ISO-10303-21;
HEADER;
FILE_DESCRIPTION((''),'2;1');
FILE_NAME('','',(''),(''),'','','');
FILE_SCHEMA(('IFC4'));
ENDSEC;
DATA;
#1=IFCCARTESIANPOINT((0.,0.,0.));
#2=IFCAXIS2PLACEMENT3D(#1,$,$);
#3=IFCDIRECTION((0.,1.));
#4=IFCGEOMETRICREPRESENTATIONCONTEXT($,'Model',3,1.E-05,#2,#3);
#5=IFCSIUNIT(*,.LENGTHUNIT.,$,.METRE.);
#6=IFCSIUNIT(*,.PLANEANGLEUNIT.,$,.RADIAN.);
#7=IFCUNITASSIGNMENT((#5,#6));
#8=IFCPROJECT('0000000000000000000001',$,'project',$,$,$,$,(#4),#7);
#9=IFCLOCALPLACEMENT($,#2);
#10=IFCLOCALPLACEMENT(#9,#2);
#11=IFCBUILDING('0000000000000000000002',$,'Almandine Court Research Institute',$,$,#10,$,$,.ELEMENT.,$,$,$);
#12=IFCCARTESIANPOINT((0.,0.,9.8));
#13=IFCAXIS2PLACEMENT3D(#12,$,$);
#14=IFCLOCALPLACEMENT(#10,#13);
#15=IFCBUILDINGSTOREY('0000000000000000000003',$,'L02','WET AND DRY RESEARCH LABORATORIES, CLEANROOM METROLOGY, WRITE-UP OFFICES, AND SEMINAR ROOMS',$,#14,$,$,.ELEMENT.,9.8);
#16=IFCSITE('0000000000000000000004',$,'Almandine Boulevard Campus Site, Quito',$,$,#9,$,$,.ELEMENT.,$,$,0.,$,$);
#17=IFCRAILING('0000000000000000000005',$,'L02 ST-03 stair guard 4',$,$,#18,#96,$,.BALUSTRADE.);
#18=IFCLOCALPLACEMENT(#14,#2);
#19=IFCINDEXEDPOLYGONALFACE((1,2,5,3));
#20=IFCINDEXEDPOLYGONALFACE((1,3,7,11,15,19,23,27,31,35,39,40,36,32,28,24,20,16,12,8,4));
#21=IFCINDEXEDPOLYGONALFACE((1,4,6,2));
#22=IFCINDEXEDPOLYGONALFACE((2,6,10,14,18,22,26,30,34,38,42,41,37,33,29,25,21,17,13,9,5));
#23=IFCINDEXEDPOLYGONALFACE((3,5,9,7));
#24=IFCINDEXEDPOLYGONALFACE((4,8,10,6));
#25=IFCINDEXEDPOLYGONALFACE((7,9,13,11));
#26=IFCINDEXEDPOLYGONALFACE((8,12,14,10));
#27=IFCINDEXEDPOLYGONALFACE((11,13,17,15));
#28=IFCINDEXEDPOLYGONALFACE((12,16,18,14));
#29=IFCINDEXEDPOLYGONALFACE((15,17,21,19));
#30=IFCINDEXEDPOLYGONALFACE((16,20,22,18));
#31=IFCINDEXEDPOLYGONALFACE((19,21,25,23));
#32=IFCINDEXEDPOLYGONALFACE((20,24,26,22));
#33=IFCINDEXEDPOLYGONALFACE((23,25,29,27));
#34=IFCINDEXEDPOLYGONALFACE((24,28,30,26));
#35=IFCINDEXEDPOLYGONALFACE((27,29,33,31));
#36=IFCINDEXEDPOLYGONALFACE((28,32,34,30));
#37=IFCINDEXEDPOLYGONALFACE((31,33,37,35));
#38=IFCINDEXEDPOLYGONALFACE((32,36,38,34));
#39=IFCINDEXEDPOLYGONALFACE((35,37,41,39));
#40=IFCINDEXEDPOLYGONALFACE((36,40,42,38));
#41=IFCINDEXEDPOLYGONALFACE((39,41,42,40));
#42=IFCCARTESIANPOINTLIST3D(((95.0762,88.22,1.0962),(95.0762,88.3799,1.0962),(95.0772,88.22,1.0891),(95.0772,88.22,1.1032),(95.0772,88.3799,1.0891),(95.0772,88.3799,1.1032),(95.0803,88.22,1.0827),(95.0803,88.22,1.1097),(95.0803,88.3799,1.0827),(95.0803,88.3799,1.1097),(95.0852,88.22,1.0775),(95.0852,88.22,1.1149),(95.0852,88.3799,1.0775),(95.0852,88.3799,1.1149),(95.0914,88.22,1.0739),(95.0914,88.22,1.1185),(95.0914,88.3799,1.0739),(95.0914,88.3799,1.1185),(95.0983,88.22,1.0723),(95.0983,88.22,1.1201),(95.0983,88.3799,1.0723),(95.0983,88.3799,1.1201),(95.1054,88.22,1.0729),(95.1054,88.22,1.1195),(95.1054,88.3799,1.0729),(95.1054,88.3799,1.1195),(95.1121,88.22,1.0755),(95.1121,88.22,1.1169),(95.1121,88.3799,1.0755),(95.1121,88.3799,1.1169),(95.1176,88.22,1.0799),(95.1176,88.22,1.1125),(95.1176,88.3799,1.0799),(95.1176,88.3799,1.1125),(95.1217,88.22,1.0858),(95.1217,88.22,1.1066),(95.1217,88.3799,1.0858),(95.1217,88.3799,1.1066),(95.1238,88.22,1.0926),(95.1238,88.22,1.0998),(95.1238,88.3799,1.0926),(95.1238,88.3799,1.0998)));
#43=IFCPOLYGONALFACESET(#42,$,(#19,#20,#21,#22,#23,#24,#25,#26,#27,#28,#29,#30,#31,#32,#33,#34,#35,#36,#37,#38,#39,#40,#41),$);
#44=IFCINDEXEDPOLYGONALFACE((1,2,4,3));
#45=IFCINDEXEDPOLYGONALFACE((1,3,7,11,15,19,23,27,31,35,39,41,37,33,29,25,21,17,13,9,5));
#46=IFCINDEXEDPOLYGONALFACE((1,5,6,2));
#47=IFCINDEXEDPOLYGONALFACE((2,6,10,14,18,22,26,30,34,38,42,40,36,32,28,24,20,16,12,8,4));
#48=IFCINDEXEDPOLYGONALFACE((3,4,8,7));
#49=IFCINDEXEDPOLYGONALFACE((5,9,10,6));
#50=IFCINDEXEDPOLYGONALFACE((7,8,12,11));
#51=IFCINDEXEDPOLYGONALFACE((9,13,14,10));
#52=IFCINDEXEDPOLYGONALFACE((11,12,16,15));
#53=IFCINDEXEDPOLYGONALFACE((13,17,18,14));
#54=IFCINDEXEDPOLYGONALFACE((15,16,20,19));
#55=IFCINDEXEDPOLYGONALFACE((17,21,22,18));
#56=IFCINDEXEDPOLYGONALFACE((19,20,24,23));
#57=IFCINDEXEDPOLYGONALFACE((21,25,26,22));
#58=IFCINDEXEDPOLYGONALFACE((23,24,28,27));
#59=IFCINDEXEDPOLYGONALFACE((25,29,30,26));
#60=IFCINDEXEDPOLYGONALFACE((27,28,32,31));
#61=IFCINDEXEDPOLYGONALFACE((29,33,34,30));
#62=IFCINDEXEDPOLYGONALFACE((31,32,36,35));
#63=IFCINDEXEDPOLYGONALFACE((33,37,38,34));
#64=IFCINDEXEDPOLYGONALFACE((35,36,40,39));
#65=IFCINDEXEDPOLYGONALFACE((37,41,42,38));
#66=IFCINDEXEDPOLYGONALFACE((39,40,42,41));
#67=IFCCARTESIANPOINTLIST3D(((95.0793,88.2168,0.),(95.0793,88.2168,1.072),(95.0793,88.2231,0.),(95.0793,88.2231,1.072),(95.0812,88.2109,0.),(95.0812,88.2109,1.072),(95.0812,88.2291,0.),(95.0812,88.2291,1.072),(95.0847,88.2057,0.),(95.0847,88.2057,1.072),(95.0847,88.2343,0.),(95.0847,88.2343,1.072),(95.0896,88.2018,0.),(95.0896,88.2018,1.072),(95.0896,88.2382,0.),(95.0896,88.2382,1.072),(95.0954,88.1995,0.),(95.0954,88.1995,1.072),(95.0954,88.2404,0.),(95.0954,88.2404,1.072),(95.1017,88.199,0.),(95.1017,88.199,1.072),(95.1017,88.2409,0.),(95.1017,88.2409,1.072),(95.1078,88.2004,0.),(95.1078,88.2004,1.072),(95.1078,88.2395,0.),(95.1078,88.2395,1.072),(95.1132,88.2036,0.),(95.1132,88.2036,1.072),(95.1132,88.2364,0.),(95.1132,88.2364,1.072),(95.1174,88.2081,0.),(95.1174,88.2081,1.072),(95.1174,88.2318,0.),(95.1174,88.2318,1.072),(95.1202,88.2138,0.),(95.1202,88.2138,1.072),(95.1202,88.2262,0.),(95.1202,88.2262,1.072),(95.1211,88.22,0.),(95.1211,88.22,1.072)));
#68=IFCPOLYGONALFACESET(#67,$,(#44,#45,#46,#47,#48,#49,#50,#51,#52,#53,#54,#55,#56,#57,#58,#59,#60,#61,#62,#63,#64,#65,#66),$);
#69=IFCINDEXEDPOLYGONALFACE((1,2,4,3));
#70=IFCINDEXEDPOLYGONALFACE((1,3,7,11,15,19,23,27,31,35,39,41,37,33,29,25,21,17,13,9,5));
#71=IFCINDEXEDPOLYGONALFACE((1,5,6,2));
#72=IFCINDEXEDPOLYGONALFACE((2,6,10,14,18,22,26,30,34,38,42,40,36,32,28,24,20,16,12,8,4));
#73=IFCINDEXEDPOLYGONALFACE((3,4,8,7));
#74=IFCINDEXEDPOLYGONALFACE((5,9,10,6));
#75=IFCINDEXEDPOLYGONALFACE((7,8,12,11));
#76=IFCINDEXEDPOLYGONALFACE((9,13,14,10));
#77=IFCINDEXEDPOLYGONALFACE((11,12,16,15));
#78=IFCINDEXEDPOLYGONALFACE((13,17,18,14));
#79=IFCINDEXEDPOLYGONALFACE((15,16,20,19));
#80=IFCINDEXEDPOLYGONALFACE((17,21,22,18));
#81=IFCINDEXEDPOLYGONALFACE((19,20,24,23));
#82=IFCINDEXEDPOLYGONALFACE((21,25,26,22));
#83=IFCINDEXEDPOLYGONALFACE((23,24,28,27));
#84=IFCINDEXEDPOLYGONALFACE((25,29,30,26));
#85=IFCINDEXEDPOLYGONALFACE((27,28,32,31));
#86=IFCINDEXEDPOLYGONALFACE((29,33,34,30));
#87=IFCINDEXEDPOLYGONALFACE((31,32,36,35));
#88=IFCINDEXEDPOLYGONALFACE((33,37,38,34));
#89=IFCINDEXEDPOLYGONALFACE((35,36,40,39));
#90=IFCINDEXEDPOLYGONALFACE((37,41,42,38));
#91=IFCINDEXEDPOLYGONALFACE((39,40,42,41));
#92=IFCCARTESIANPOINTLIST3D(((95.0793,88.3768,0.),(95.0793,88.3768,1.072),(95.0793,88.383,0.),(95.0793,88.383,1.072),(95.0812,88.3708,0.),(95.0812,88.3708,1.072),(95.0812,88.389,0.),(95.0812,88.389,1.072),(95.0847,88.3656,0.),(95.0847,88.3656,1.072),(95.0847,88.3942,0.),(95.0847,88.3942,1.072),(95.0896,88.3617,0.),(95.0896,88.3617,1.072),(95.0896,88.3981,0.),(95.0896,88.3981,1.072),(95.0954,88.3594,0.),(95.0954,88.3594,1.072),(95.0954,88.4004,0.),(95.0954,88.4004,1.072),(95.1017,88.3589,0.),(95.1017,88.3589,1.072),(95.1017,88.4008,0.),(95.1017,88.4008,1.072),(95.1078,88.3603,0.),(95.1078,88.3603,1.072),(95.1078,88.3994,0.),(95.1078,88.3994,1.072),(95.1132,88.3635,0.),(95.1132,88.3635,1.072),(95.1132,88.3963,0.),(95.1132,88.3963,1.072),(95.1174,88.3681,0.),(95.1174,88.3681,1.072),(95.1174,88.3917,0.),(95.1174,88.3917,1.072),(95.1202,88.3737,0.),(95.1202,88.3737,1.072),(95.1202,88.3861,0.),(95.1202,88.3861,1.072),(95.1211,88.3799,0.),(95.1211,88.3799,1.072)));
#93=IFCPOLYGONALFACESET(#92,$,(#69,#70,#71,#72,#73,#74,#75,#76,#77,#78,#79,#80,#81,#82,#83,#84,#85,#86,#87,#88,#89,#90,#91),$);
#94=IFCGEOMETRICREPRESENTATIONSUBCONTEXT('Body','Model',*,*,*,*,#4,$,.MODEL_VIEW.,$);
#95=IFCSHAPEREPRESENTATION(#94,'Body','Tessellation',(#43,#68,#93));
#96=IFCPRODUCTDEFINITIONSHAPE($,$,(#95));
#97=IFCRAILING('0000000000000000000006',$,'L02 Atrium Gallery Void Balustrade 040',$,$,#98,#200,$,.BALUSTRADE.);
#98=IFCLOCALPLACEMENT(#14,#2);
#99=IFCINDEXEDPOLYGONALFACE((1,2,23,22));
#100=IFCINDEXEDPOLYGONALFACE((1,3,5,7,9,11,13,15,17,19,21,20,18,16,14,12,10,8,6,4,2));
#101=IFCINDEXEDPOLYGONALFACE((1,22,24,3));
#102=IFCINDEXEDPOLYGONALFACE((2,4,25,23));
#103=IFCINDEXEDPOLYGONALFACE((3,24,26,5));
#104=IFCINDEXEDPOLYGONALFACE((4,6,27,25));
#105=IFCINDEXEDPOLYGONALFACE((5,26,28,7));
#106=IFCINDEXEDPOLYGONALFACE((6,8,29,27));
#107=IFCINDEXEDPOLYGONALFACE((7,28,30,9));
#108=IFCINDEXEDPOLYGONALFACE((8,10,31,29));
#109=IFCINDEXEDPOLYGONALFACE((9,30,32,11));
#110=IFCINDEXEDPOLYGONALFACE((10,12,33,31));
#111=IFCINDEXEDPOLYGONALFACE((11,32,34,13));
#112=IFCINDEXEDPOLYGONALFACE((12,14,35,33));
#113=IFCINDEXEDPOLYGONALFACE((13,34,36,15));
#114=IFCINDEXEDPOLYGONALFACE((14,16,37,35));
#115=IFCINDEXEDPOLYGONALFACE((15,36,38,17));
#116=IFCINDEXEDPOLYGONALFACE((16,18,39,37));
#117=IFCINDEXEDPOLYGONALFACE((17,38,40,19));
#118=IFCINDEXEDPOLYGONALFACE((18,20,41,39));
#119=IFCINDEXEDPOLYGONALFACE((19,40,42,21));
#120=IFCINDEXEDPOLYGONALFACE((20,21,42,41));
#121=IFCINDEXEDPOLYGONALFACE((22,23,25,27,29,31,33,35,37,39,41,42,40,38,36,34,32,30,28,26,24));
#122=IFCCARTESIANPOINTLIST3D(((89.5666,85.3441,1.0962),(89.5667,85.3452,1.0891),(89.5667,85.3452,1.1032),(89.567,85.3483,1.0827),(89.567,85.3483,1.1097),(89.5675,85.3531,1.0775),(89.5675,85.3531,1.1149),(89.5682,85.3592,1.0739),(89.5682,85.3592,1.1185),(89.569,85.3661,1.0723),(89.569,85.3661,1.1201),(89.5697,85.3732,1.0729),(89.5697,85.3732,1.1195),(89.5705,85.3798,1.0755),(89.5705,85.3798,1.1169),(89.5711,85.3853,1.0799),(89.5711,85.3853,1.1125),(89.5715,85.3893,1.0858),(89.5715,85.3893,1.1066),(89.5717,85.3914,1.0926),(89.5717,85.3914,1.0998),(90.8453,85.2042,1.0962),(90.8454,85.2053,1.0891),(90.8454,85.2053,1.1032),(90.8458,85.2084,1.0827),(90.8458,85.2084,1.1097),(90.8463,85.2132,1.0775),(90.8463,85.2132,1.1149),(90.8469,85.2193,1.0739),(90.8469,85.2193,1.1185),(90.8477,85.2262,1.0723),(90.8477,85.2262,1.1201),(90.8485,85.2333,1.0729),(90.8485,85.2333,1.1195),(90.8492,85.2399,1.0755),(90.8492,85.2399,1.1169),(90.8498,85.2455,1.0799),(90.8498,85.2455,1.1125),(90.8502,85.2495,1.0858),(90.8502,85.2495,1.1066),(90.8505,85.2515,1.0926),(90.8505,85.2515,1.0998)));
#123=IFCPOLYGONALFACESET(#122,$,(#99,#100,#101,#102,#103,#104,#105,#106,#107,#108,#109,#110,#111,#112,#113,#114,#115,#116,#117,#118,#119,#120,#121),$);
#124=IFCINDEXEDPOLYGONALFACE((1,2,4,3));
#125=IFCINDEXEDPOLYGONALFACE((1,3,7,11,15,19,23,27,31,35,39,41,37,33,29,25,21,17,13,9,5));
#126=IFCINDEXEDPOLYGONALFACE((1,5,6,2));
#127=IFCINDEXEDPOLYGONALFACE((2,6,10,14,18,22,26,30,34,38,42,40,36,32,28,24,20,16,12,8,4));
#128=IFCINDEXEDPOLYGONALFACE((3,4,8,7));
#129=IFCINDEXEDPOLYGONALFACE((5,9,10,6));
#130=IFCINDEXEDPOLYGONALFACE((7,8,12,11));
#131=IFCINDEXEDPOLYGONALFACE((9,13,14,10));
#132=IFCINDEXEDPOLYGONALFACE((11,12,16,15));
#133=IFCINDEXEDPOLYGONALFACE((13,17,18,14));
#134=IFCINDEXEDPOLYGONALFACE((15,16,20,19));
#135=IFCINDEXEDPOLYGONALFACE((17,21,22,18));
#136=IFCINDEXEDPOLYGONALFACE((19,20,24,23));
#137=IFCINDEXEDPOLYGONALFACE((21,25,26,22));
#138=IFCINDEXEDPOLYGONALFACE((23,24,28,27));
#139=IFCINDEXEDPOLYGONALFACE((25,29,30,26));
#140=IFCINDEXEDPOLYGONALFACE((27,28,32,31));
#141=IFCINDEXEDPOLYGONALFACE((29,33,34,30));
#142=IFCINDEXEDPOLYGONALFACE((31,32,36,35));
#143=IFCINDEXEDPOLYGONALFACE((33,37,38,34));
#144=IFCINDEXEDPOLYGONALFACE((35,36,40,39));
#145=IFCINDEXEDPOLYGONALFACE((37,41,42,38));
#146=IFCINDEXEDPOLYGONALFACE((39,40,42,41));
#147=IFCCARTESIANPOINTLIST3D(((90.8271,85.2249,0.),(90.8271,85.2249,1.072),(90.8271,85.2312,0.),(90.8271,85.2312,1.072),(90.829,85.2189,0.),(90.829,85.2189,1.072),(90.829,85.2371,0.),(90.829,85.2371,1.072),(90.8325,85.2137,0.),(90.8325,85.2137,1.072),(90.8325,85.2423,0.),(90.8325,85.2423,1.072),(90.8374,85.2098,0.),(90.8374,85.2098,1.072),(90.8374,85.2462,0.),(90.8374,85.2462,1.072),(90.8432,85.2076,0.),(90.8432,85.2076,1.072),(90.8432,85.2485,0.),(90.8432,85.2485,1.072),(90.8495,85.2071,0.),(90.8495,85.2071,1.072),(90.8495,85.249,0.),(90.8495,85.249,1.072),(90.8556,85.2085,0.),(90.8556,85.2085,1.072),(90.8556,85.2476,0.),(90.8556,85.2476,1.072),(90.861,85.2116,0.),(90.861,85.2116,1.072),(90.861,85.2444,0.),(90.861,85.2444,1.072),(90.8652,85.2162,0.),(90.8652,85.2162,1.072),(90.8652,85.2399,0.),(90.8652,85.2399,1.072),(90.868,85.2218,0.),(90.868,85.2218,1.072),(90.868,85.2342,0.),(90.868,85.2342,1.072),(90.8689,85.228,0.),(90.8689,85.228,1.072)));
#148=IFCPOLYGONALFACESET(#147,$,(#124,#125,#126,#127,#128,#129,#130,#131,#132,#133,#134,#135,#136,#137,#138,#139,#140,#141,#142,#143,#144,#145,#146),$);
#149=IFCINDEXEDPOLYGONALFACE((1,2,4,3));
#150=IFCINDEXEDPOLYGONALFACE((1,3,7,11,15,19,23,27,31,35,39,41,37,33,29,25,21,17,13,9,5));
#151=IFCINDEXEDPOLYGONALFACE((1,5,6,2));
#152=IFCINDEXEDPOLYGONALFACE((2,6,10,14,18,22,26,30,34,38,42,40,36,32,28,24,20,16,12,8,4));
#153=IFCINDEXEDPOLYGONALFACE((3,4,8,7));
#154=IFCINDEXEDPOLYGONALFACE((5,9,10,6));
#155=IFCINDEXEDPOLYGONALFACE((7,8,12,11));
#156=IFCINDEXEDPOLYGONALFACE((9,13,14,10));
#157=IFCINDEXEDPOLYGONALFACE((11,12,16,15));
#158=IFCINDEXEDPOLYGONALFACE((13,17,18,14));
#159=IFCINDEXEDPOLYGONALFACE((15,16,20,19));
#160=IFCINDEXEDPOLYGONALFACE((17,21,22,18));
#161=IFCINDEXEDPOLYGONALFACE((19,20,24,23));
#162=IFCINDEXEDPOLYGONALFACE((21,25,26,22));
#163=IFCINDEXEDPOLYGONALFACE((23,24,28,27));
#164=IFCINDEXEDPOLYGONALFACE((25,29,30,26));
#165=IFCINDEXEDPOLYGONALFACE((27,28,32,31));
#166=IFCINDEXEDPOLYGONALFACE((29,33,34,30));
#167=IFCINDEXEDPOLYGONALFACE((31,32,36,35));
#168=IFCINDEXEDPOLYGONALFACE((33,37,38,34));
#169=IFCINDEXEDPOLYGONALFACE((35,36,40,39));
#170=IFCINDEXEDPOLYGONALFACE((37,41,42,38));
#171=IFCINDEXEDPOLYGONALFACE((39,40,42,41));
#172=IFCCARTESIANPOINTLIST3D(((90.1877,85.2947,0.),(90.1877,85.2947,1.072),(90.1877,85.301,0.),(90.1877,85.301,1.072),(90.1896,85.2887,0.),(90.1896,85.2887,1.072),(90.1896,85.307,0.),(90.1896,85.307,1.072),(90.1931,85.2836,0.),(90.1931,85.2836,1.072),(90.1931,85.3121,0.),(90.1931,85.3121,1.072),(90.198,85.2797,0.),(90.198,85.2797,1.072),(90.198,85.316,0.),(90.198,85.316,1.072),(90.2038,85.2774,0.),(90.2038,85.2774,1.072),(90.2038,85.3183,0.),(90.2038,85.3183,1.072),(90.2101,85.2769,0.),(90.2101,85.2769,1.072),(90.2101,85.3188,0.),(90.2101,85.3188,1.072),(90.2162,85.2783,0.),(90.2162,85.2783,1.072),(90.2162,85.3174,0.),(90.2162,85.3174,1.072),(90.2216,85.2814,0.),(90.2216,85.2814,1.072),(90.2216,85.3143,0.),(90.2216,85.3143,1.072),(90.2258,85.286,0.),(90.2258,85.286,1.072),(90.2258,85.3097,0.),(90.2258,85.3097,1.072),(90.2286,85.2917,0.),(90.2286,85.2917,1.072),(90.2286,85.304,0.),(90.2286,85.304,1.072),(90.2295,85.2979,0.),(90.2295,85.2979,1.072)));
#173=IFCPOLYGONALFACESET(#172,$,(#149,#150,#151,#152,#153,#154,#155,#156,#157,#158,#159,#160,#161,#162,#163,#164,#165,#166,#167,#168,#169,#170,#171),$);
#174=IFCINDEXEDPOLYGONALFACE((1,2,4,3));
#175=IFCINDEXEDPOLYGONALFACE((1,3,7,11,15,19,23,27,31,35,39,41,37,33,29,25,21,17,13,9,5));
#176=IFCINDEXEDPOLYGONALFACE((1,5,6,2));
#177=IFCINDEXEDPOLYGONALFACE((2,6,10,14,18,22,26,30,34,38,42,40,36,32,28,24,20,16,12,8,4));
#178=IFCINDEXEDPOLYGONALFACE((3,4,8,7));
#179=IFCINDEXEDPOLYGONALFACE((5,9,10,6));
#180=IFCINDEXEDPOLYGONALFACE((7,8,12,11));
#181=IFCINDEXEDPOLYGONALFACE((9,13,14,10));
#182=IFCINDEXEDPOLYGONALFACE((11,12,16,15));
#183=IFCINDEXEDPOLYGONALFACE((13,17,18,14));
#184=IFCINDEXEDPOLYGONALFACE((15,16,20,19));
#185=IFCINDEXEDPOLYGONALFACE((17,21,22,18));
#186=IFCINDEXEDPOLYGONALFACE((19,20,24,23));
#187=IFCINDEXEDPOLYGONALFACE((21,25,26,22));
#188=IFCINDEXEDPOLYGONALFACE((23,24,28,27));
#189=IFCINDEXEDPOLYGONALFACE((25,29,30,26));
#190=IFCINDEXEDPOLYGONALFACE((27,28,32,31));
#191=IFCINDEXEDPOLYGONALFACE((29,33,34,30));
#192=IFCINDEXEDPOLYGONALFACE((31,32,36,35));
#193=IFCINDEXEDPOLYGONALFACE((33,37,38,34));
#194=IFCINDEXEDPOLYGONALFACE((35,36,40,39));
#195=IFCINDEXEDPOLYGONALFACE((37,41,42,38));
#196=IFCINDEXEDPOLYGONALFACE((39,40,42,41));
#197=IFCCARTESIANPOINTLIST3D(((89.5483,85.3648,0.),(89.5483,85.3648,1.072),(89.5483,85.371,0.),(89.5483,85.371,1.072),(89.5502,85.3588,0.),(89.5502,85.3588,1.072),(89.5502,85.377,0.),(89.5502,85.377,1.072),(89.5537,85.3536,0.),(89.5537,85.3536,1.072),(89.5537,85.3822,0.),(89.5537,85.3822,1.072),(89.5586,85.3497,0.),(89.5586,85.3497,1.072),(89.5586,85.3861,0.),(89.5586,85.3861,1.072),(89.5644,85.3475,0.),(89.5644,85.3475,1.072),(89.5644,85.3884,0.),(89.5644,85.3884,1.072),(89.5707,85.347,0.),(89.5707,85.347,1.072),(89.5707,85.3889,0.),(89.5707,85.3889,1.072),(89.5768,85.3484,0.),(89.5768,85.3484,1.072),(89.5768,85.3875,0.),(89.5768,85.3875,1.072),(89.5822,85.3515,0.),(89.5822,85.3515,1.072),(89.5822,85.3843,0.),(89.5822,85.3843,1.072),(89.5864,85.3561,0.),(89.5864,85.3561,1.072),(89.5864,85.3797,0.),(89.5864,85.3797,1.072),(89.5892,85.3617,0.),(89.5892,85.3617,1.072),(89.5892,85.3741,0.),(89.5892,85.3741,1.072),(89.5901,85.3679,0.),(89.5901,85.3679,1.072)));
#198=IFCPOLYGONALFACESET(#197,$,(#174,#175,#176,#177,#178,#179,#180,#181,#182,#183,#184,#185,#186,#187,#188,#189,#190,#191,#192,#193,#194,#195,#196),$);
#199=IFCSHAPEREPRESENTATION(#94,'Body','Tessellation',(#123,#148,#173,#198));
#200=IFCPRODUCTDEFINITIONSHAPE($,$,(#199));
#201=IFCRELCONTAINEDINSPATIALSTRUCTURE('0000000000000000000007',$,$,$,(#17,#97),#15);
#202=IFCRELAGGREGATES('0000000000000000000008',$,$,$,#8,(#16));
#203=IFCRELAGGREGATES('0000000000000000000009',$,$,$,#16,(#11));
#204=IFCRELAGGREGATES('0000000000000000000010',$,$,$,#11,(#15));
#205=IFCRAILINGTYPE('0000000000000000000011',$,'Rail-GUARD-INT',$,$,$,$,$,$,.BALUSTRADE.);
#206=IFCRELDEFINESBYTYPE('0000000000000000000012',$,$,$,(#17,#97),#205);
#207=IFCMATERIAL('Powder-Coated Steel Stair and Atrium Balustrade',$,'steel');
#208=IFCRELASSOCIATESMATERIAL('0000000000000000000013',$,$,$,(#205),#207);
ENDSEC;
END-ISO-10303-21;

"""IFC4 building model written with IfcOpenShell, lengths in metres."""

from ifc_helpers import new_model, si_unit, direction, frame, origin, origin_2d, place, context, subcontext, project, spatial, circle, extrude, material, type_object, element, save


model = new_model("IFC4")

# Units and contexts
model_context = context("Model", 3, precision=1e-05, world=origin(), true_north=direction((0.0, 1.0)))
body_context = subcontext(model_context, "Body", "Model", "MODEL_VIEW")
ifc_project = project(units=[si_unit("LENGTHUNIT", "METRE"), si_unit("PLANEANGLEUNIT", "RADIAN")], contexts=[model_context])

# Site, building, storey
site_placement = place(None, origin())
site = spatial("IfcSite", under=ifc_project, at=site_placement, Name="Almandine Boulevard Campus Site, Quito", CompositionType="ELEMENT", RefElevation=0.0)
building_placement = place(site_placement, origin())
building = spatial("IfcBuilding", under=site, at=building_placement, Name="Almandine Court Research Institute", CompositionType="ELEMENT")
storey_placement = place(building_placement, frame((0.0, 0.0, 9.8)))
storey = spatial("IfcBuildingStorey", under=building, at=storey_placement, Name="L02", Description="WET AND DRY RESEARCH LABORATORIES, CLEANROOM METROLOGY, WRITE-UP OFFICES, AND SEMINAR ROOMS", CompositionType="ELEMENT", Elevation=9.8)

# Railings
ifc_material_1 = material(Name="Powder-Coated Steel Stair and Atrium Balustrade", Category="steel")
railing_type_1 = type_object("IfcRailingType", Name="Rail-GUARD-INT", PredefinedType="BALUSTRADE", material=ifc_material_1)
railing_1_placement = place(storey_placement, frame((95.1001, 88.22, 0.0)))
element("IfcRailing", 1, at=railing_1_placement, inside=storey, type_object=railing_type_1, Name="L02 ST-03 stair guard 4", PredefinedType="BALUSTRADE", context=body_context, shape_type="SweptSolid", body=[
    extrude(circle(Radius=0.0239, at=origin_2d()), frame((0.0, 0.0, 1.0962), z_axis=(0.0, 1.0, 0.0), x_axis=(-1.0, 0.0, 0.0)), (0.0, 0.0, 1.0), 0.1599),
    extrude(circle(Radius=0.021, at=origin_2d()), origin(), (0.0, 0.0, 1.0), 1.072),
    extrude(circle(Radius=0.021, at=origin_2d()), frame((0.0, 0.1599, 0.0)), (0.0, 0.0, 1.0), 1.072),
])
railing_2_placement = place(storey_placement, frame((90.8479, 85.228, 0.0)))
element("IfcRailing", 2, at=railing_2_placement, inside=storey, type_object=railing_type_1, Name="L02 Atrium Gallery Void Balustrade 040", PredefinedType="BALUSTRADE", context=body_context, shape_type="SweptSolid", body=[
    extrude(circle(Radius=0.0239, at=origin_2d()), frame((0.0, 0.0, 1.0962), z_axis=(-0.99407, 0.108744, 0.0), x_axis=(-0.108744, -0.99407, 0.0)), (0.0, 0.0, 1.0), 1.2864),
    extrude(circle(Radius=0.021, at=origin_2d()), origin(), (0.0, 0.0, 1.0), 1.072),
    extrude(circle(Radius=0.021, at=origin_2d()), frame((-0.6394, 0.0698, 0.0)), (0.0, 0.0, 1.0), 1.072),
    extrude(circle(Radius=0.021, at=origin_2d()), frame((-1.2788, 0.1399, 0.0)), (0.0, 0.0, 1.0), 1.072),
])

save(model, "model.ifc")
